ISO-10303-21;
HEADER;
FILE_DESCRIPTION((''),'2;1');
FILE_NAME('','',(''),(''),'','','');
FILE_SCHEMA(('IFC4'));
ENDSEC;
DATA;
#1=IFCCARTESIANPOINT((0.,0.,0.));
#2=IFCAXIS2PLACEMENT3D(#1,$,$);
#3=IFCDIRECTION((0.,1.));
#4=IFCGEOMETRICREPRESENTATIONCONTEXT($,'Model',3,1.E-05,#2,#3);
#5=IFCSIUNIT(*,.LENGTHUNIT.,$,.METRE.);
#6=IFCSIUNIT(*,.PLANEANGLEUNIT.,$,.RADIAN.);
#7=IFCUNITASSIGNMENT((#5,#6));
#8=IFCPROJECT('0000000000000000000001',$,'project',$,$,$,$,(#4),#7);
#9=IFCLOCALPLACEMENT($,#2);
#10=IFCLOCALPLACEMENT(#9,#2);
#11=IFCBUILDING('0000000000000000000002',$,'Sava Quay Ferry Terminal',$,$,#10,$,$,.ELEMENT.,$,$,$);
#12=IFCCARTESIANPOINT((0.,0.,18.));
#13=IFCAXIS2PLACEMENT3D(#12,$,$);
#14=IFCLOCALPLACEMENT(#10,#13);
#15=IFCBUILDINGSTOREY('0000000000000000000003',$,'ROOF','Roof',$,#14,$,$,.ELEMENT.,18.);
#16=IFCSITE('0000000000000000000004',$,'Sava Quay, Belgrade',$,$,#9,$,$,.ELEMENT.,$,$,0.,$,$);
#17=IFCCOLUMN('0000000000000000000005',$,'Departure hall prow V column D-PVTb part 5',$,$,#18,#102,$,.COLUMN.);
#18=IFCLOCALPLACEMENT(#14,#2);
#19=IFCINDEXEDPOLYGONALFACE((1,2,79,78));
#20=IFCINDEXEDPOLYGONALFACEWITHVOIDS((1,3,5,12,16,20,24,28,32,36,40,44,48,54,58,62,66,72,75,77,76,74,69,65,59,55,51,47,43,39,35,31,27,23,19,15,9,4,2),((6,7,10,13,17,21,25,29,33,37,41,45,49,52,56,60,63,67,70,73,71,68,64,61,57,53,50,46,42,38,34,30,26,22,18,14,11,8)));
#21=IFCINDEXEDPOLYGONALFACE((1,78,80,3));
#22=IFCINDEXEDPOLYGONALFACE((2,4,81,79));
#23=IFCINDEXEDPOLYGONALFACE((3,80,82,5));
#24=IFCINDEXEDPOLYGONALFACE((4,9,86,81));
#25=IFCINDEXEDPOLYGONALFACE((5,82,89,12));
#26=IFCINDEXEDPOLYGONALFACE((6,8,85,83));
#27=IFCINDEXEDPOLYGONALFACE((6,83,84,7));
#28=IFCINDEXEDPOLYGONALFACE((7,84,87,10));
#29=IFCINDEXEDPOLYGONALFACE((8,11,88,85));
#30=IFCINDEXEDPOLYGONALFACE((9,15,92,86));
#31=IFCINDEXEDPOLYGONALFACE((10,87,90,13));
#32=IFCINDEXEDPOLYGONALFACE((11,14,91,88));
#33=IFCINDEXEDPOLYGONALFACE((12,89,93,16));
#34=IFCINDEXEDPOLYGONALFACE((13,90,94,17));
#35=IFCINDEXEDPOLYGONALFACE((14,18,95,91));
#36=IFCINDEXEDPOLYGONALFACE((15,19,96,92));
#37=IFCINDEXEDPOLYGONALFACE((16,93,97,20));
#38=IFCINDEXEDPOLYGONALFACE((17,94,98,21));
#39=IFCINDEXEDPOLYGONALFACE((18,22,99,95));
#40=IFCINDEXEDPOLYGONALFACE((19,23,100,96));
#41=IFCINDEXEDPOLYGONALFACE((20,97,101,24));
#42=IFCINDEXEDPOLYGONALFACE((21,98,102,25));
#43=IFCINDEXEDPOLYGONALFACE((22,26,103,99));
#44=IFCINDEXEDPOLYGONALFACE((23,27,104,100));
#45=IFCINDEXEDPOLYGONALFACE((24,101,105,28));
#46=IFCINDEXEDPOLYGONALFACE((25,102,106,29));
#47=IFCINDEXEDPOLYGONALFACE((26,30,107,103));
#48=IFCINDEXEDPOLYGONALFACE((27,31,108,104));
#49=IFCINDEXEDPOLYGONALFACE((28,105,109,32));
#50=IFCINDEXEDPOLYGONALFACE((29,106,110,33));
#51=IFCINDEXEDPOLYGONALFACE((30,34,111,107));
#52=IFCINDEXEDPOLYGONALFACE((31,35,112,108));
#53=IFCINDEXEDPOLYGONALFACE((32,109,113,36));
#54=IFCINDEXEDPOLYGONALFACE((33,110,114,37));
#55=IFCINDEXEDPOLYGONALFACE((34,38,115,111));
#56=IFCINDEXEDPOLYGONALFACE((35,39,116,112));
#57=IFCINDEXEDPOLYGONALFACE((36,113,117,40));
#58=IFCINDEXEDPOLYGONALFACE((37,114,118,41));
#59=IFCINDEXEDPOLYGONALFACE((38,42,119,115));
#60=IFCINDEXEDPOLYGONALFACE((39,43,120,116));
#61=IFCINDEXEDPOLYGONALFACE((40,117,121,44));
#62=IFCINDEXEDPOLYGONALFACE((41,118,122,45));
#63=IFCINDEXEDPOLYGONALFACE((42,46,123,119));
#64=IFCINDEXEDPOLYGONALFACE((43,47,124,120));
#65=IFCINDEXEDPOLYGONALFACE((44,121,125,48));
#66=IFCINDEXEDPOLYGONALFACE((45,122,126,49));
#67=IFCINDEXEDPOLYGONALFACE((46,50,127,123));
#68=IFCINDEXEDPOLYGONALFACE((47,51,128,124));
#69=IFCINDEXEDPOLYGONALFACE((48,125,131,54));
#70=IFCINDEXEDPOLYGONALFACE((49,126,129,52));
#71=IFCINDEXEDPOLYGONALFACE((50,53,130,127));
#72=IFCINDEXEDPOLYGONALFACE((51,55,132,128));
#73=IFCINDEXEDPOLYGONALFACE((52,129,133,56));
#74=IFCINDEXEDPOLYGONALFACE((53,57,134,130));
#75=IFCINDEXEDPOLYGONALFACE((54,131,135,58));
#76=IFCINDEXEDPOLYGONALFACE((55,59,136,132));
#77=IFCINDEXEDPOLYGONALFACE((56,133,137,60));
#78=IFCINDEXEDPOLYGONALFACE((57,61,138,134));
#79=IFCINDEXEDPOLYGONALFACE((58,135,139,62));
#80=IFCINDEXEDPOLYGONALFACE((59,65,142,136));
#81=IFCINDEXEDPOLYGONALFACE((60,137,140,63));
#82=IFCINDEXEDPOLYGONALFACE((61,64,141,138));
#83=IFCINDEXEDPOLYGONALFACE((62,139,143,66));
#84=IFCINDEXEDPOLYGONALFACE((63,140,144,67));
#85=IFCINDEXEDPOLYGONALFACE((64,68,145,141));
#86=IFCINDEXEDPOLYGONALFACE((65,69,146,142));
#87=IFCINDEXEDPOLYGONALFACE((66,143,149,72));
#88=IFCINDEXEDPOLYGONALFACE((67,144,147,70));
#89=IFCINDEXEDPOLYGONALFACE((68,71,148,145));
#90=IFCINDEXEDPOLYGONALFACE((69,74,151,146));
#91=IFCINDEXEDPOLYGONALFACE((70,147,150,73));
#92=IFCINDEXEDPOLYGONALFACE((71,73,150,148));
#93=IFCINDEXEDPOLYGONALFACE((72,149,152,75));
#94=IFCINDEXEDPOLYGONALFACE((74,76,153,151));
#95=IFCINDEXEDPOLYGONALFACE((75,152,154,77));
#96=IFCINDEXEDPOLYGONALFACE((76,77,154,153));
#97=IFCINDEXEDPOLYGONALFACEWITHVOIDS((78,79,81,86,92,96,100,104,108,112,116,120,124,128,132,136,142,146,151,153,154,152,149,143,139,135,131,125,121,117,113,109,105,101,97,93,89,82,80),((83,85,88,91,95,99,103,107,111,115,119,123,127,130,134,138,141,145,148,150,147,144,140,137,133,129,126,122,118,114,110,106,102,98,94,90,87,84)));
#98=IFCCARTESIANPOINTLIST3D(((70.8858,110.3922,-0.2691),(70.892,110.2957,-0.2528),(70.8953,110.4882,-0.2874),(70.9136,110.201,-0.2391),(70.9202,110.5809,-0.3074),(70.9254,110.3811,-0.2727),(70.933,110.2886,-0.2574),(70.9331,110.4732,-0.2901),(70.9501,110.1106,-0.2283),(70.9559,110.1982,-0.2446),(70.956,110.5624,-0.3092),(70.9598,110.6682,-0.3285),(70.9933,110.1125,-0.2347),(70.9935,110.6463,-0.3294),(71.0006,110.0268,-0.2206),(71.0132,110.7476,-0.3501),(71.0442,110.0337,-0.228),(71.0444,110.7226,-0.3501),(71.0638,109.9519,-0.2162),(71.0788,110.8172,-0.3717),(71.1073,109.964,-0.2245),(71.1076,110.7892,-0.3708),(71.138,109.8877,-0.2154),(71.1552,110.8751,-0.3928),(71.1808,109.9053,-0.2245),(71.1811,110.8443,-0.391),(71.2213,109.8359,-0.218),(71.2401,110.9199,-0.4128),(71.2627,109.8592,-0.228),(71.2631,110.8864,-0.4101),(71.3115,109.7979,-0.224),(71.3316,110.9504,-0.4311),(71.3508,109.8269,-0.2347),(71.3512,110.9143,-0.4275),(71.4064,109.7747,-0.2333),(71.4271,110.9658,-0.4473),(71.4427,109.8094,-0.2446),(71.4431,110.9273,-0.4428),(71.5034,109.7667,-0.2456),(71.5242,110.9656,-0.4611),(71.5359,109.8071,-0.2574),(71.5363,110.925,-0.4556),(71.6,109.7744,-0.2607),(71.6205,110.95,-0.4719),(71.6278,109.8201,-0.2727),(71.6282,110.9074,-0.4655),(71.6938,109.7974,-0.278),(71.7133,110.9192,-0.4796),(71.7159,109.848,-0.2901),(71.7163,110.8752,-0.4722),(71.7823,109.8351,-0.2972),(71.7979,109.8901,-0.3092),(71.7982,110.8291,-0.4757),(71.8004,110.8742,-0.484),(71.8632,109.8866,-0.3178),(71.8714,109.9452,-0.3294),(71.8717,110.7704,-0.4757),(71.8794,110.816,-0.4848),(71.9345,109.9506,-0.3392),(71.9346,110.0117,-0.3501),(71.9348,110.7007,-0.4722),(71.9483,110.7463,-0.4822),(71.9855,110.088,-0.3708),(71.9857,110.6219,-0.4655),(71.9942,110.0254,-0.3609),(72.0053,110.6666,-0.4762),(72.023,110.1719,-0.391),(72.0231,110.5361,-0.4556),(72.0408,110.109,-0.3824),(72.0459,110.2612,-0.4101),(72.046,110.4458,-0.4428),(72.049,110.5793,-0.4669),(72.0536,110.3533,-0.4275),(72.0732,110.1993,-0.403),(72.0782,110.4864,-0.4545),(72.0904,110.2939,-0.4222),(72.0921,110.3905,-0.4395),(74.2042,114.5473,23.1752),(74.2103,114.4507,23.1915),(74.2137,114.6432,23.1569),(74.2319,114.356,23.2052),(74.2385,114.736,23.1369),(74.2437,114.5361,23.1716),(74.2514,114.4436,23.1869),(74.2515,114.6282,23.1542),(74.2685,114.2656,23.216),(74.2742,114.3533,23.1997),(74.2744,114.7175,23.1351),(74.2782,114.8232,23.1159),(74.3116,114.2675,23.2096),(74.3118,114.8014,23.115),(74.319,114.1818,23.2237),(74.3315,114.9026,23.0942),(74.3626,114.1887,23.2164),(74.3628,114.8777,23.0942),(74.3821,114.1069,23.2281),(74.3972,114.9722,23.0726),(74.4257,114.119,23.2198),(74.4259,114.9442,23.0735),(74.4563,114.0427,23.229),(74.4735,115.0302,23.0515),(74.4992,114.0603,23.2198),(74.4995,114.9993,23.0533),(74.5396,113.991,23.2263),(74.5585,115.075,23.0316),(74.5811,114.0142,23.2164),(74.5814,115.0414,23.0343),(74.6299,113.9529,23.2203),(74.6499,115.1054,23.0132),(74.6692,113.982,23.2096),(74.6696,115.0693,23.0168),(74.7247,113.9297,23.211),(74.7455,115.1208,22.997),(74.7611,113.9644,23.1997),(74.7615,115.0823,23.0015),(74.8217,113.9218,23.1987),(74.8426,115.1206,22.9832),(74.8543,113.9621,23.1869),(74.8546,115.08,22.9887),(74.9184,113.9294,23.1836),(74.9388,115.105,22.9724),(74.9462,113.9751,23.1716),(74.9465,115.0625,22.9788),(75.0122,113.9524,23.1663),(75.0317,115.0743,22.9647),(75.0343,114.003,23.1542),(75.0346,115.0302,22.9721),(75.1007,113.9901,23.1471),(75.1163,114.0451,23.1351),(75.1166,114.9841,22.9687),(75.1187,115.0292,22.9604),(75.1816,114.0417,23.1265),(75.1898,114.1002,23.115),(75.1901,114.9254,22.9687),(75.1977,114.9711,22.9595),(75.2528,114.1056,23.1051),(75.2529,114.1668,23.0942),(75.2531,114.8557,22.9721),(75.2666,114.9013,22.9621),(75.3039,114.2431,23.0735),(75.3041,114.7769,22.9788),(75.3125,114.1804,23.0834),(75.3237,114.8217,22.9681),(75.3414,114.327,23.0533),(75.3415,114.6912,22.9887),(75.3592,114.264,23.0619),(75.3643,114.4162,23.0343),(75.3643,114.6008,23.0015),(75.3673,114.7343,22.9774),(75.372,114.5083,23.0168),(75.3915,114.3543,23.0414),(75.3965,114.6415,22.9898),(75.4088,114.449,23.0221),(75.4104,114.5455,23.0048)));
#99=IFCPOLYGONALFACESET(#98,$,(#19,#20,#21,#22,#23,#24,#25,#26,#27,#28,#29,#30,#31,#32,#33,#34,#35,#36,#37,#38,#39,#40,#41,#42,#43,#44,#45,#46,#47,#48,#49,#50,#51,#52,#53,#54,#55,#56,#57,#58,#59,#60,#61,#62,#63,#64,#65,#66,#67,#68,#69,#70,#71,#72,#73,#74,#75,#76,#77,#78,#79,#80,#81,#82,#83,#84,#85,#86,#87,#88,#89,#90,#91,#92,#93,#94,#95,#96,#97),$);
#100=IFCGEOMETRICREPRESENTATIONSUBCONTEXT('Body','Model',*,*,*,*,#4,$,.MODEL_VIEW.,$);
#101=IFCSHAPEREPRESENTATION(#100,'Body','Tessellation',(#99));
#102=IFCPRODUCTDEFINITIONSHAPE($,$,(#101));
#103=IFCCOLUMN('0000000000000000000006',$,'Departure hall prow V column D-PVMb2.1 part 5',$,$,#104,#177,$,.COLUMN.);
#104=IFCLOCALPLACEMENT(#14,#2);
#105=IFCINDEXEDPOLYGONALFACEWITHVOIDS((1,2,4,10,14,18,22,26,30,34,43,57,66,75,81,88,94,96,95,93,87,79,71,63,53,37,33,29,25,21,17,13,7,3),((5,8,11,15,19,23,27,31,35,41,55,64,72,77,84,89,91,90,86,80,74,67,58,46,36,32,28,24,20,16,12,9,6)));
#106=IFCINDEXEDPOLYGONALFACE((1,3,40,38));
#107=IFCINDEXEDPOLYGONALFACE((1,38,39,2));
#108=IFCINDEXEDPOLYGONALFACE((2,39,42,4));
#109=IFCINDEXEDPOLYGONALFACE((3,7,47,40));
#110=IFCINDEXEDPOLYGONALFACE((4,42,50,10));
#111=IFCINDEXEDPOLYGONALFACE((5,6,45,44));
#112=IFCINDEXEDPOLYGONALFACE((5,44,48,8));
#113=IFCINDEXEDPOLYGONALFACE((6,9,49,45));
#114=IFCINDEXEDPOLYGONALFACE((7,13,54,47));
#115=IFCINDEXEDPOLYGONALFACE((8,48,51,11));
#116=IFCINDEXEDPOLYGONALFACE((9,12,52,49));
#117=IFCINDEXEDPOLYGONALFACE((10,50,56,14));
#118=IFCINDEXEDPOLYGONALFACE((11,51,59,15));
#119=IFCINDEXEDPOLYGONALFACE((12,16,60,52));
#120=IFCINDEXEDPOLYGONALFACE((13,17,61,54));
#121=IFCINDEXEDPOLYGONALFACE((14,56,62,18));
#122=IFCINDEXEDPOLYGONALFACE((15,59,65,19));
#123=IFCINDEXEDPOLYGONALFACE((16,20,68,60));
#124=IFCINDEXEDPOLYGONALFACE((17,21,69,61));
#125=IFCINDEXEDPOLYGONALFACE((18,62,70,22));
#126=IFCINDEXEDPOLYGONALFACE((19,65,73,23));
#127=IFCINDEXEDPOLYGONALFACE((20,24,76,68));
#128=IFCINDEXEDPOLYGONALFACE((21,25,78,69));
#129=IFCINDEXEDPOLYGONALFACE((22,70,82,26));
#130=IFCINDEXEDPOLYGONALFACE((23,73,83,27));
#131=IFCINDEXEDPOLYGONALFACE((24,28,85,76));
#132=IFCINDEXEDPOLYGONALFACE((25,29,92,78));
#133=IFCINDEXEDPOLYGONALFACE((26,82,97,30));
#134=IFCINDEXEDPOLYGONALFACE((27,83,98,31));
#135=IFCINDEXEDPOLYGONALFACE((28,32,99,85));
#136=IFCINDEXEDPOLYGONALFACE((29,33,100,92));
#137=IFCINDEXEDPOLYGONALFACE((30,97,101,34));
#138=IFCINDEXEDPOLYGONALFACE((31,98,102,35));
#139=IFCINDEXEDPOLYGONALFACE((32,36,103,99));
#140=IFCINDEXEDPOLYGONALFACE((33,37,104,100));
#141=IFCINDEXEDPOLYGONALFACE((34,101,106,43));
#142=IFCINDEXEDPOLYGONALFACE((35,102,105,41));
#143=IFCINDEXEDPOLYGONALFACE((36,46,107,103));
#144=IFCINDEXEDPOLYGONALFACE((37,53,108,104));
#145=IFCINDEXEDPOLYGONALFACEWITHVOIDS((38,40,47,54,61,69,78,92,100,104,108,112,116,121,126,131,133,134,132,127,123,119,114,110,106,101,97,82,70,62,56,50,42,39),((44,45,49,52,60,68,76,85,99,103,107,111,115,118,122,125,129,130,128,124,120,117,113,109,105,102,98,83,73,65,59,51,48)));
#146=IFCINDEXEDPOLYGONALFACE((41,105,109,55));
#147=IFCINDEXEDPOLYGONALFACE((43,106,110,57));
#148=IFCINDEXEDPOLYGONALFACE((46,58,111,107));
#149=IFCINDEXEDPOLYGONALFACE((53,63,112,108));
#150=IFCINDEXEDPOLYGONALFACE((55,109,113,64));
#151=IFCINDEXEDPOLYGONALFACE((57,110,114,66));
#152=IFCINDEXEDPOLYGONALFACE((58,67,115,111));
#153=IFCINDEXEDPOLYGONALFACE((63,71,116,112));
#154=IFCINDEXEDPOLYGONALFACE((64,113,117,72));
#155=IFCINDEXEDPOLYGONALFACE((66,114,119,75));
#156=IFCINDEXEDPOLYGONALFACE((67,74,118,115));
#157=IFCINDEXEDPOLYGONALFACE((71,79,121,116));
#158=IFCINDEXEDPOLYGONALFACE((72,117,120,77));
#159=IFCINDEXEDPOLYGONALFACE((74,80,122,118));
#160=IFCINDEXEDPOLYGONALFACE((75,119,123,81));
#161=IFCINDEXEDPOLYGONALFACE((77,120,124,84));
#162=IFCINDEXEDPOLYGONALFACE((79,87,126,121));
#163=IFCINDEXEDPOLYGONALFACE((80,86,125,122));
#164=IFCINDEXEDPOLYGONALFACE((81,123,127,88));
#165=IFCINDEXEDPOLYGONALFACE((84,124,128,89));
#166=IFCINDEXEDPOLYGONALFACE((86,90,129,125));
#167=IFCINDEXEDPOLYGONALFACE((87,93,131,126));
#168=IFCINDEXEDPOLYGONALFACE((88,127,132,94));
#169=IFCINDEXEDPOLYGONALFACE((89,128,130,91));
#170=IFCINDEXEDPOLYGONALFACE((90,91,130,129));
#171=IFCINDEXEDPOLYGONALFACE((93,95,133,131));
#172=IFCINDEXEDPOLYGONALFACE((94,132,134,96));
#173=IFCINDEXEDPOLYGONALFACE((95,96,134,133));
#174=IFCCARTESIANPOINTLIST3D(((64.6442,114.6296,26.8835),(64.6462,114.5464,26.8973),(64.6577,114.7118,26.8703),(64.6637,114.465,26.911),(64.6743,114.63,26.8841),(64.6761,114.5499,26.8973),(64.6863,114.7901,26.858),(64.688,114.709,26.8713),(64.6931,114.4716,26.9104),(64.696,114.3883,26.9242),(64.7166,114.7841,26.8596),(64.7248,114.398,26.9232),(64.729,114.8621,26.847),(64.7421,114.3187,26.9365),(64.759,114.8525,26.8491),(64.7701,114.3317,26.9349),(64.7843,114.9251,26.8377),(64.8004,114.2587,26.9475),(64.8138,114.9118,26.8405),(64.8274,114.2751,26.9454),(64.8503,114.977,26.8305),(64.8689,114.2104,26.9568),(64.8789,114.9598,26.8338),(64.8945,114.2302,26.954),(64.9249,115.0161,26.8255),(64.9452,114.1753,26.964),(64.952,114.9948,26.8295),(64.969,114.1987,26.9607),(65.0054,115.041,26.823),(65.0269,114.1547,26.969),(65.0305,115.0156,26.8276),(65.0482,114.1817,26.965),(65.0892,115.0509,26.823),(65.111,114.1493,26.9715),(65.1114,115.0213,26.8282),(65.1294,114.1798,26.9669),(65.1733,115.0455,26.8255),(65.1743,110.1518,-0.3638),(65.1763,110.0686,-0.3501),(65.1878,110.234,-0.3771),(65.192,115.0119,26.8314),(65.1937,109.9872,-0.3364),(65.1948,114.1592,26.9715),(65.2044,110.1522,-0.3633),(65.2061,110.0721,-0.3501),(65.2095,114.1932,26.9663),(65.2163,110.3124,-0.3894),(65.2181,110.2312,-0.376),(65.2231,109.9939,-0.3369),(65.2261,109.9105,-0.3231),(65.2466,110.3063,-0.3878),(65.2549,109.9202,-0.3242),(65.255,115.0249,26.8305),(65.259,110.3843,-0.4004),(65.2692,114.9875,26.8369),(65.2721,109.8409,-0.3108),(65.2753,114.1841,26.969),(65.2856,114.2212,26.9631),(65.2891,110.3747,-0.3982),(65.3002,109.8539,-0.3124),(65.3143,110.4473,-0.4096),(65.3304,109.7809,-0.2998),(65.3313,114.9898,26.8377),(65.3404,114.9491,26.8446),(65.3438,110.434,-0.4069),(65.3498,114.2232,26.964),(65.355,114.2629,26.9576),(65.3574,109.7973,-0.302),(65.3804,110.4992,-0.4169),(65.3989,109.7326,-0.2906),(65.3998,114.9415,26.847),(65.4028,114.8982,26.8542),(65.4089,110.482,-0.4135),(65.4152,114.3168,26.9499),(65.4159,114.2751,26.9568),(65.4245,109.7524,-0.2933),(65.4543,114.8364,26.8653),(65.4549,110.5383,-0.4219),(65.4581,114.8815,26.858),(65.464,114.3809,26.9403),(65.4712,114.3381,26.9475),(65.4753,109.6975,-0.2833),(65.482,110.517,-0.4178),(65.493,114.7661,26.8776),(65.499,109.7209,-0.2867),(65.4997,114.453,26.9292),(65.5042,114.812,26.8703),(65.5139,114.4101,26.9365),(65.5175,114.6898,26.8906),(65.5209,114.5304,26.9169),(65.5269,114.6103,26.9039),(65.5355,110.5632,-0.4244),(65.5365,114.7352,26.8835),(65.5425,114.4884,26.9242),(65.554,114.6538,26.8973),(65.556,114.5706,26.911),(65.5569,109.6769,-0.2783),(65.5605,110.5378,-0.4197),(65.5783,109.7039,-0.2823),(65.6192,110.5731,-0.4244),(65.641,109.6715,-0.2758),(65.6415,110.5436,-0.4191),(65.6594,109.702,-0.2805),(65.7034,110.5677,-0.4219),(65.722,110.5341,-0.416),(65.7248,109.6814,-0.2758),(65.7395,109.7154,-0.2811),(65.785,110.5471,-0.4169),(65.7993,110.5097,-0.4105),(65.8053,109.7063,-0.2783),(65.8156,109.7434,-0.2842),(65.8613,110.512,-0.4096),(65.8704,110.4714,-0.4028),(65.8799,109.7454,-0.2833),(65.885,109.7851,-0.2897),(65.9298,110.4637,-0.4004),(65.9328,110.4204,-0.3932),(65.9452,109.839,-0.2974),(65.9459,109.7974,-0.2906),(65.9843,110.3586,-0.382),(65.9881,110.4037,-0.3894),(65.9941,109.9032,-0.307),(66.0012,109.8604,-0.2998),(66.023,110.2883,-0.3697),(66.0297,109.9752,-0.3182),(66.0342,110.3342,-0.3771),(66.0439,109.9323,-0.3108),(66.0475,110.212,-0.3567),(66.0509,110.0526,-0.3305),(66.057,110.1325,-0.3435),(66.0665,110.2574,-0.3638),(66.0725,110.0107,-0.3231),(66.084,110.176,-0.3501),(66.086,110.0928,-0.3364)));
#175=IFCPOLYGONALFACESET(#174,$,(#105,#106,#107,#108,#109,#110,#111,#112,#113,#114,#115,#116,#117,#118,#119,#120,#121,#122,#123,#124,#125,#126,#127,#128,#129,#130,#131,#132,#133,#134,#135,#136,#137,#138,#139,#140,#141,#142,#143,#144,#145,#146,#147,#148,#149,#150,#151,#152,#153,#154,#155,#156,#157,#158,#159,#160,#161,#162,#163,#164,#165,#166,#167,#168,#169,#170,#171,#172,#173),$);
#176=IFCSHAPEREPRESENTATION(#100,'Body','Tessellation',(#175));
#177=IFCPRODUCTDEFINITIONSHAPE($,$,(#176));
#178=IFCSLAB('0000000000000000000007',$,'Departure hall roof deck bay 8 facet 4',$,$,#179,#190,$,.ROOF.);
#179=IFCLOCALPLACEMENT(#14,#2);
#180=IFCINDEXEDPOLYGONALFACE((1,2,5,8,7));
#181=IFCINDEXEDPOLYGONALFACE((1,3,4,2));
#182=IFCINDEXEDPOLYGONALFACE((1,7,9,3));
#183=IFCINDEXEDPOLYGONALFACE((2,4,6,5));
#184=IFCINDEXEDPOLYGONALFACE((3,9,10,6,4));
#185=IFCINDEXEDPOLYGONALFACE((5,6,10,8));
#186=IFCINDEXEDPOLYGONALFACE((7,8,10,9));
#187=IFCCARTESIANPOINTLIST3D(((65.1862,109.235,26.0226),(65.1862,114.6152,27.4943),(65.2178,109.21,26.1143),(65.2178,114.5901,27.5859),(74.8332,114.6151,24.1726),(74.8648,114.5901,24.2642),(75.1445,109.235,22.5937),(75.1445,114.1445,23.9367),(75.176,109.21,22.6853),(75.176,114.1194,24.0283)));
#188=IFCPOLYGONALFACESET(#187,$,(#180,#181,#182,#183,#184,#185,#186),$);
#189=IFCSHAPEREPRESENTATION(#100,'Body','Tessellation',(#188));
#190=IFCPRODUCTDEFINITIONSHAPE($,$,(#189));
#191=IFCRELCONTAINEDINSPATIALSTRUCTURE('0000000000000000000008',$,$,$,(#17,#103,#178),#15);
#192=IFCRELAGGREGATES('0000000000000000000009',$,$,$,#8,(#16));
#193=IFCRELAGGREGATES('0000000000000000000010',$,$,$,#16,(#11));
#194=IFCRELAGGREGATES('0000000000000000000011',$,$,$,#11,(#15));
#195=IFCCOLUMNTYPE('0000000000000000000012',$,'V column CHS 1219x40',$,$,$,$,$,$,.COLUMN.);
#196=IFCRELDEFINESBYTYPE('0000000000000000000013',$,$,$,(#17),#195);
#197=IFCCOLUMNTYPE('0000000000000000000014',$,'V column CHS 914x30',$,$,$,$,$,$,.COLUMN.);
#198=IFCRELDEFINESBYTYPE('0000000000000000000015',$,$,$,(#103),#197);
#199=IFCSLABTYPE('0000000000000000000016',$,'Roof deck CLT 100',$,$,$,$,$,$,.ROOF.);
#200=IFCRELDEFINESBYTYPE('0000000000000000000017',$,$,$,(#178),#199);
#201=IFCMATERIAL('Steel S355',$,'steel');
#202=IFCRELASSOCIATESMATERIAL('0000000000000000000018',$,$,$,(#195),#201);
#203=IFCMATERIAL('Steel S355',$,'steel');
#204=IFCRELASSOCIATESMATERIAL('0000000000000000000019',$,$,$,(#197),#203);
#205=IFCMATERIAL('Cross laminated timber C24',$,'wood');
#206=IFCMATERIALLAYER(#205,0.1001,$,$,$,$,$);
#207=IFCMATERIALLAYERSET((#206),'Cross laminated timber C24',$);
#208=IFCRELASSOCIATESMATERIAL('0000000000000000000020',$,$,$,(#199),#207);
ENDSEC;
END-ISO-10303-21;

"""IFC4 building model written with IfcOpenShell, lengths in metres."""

from ifc_helpers import new_model, si_unit, direction, frame, origin, origin_2d, place, context, subcontext, project, spatial, polyline, hollow_circle, outline, extrude, material, layer, layer_set, material_profile, profile_set, type_object, element, save


model = new_model("IFC4")

# Units and contexts
model_context = context("Model", 3, precision=1e-05, world=origin(), true_north=direction((0.0, 1.0)))
body_context = subcontext(model_context, "Body", "Model", "MODEL_VIEW")
ifc_project = project(units=[si_unit("LENGTHUNIT", "METRE"), si_unit("PLANEANGLEUNIT", "RADIAN")], contexts=[model_context])

# Site, building, storey
site_placement = place(None, origin())
site = spatial("IfcSite", under=ifc_project, at=site_placement, Name="Sava Quay, Belgrade", CompositionType="ELEMENT", RefElevation=0.0)
building_placement = place(site_placement, origin())
building = spatial("IfcBuilding", under=site, at=building_placement, Name="Sava Quay Ferry Terminal", CompositionType="ELEMENT")
storey_placement = place(building_placement, frame((0.0, 0.0, 18.0)))
storey = spatial("IfcBuildingStorey", under=building, at=storey_placement, Name="ROOF", Description="Roof", CompositionType="ELEMENT", Elevation=18.0)

# Columns
ifc_material_1 = material(Name="Steel S355", Category="steel")
ifc_material_profile_1 = material_profile(ifc_material_1, hollow_circle(Radius=0.6096, WallThickness=0.04, at=origin_2d()), Name="CHS 1219 x 40.0")
ifc_profile_set_1 = profile_set([ifc_material_profile_1], Name="Steel S355")
column_type_1 = type_object("IfcColumnType", Name="V column CHS 1219x40", PredefinedType="COLUMN", material=ifc_profile_set_1)
column_1_placement = place(storey_placement, frame((71.4895, 110.3672, -0.3501), z_axis=(0.138036, 0.172839, 0.975229), x_axis=(-0.781388, 0.624045, 0.0)))
element("IfcColumn", 1, at=column_1_placement, inside=storey, type_object=column_type_1, Name="Departure hall prow V column D-PVTb part 5", PredefinedType="COLUMN", context=body_context, shape_type="SweptSolid", body=[
    extrude(hollow_circle(Radius=0.6096, WallThickness=0.04, at=origin_2d()), origin(), (0.0, 0.0, 1.0), 24.0398),
])
ifc_material_2 = material(Name="Steel S355", Category="steel")
ifc_material_profile_2 = material_profile(ifc_material_2, hollow_circle(Radius=0.457, WallThickness=0.03, at=origin_2d()), Name="CHS 914 x 30.0")
ifc_profile_set_2 = profile_set([ifc_material_profile_2], Name="Steel S355")
column_type_2 = type_object("IfcColumnType", Name="V column CHS 914x30", PredefinedType="COLUMN", material=ifc_profile_set_2)
column_2_placement = place(storey_placement, frame((65.6301, 110.1223, -0.3501), z_axis=(-0.019192, 0.162133, 0.986582), x_axis=(-0.993067, -0.117548, 0.0)))
element("IfcColumn", 2, at=column_2_placement, inside=storey, type_object=column_type_2, Name="Departure hall prow V column D-PVMb2.1 part 5", PredefinedType="COLUMN", context=body_context, shape_type="SweptSolid", body=[
    extrude(hollow_circle(Radius=0.457, WallThickness=0.03, at=origin_2d()), origin(), (0.0, 0.0, 1.0), 27.6179),
])

# Slab
ifc_material_3 = material(Name="Cross laminated timber C24", Category="wood")
ifc_layer_1 = layer(ifc_material_3, 0.1001)
ifc_layer_set_1 = layer_set([ifc_layer_1], Name="Cross laminated timber C24")
slab_type = type_object("IfcSlabType", Name="Roof deck CLT 100", PredefinedType="ROOF", material=ifc_layer_set_1)
slab_1_placement = place(storey_placement, frame((65.2178, 109.21, 26.1143), z_axis=(0.315197, -0.250397, 0.915397), x_axis=(0.0, 0.964565, 0.263847)))
element("IfcSlab", 3, at=slab_1_placement, inside=storey, type_object=slab_type, Name="Departure hall roof deck bay 8 facet 4", PredefinedType="ROOF", context=body_context, shape_type="SweptSolid", body=[
    extrude(outline(polyline([(0.0, 0.0), (5.5778, 0.0), (4.7013, -10.1651), (4.1851, -10.4931), (-0.9047, -10.4931), (0.0, 0.0)])), origin(), (0.0, 0.0, -1.0), 0.1001),
])

save(model, "model.ifc")
